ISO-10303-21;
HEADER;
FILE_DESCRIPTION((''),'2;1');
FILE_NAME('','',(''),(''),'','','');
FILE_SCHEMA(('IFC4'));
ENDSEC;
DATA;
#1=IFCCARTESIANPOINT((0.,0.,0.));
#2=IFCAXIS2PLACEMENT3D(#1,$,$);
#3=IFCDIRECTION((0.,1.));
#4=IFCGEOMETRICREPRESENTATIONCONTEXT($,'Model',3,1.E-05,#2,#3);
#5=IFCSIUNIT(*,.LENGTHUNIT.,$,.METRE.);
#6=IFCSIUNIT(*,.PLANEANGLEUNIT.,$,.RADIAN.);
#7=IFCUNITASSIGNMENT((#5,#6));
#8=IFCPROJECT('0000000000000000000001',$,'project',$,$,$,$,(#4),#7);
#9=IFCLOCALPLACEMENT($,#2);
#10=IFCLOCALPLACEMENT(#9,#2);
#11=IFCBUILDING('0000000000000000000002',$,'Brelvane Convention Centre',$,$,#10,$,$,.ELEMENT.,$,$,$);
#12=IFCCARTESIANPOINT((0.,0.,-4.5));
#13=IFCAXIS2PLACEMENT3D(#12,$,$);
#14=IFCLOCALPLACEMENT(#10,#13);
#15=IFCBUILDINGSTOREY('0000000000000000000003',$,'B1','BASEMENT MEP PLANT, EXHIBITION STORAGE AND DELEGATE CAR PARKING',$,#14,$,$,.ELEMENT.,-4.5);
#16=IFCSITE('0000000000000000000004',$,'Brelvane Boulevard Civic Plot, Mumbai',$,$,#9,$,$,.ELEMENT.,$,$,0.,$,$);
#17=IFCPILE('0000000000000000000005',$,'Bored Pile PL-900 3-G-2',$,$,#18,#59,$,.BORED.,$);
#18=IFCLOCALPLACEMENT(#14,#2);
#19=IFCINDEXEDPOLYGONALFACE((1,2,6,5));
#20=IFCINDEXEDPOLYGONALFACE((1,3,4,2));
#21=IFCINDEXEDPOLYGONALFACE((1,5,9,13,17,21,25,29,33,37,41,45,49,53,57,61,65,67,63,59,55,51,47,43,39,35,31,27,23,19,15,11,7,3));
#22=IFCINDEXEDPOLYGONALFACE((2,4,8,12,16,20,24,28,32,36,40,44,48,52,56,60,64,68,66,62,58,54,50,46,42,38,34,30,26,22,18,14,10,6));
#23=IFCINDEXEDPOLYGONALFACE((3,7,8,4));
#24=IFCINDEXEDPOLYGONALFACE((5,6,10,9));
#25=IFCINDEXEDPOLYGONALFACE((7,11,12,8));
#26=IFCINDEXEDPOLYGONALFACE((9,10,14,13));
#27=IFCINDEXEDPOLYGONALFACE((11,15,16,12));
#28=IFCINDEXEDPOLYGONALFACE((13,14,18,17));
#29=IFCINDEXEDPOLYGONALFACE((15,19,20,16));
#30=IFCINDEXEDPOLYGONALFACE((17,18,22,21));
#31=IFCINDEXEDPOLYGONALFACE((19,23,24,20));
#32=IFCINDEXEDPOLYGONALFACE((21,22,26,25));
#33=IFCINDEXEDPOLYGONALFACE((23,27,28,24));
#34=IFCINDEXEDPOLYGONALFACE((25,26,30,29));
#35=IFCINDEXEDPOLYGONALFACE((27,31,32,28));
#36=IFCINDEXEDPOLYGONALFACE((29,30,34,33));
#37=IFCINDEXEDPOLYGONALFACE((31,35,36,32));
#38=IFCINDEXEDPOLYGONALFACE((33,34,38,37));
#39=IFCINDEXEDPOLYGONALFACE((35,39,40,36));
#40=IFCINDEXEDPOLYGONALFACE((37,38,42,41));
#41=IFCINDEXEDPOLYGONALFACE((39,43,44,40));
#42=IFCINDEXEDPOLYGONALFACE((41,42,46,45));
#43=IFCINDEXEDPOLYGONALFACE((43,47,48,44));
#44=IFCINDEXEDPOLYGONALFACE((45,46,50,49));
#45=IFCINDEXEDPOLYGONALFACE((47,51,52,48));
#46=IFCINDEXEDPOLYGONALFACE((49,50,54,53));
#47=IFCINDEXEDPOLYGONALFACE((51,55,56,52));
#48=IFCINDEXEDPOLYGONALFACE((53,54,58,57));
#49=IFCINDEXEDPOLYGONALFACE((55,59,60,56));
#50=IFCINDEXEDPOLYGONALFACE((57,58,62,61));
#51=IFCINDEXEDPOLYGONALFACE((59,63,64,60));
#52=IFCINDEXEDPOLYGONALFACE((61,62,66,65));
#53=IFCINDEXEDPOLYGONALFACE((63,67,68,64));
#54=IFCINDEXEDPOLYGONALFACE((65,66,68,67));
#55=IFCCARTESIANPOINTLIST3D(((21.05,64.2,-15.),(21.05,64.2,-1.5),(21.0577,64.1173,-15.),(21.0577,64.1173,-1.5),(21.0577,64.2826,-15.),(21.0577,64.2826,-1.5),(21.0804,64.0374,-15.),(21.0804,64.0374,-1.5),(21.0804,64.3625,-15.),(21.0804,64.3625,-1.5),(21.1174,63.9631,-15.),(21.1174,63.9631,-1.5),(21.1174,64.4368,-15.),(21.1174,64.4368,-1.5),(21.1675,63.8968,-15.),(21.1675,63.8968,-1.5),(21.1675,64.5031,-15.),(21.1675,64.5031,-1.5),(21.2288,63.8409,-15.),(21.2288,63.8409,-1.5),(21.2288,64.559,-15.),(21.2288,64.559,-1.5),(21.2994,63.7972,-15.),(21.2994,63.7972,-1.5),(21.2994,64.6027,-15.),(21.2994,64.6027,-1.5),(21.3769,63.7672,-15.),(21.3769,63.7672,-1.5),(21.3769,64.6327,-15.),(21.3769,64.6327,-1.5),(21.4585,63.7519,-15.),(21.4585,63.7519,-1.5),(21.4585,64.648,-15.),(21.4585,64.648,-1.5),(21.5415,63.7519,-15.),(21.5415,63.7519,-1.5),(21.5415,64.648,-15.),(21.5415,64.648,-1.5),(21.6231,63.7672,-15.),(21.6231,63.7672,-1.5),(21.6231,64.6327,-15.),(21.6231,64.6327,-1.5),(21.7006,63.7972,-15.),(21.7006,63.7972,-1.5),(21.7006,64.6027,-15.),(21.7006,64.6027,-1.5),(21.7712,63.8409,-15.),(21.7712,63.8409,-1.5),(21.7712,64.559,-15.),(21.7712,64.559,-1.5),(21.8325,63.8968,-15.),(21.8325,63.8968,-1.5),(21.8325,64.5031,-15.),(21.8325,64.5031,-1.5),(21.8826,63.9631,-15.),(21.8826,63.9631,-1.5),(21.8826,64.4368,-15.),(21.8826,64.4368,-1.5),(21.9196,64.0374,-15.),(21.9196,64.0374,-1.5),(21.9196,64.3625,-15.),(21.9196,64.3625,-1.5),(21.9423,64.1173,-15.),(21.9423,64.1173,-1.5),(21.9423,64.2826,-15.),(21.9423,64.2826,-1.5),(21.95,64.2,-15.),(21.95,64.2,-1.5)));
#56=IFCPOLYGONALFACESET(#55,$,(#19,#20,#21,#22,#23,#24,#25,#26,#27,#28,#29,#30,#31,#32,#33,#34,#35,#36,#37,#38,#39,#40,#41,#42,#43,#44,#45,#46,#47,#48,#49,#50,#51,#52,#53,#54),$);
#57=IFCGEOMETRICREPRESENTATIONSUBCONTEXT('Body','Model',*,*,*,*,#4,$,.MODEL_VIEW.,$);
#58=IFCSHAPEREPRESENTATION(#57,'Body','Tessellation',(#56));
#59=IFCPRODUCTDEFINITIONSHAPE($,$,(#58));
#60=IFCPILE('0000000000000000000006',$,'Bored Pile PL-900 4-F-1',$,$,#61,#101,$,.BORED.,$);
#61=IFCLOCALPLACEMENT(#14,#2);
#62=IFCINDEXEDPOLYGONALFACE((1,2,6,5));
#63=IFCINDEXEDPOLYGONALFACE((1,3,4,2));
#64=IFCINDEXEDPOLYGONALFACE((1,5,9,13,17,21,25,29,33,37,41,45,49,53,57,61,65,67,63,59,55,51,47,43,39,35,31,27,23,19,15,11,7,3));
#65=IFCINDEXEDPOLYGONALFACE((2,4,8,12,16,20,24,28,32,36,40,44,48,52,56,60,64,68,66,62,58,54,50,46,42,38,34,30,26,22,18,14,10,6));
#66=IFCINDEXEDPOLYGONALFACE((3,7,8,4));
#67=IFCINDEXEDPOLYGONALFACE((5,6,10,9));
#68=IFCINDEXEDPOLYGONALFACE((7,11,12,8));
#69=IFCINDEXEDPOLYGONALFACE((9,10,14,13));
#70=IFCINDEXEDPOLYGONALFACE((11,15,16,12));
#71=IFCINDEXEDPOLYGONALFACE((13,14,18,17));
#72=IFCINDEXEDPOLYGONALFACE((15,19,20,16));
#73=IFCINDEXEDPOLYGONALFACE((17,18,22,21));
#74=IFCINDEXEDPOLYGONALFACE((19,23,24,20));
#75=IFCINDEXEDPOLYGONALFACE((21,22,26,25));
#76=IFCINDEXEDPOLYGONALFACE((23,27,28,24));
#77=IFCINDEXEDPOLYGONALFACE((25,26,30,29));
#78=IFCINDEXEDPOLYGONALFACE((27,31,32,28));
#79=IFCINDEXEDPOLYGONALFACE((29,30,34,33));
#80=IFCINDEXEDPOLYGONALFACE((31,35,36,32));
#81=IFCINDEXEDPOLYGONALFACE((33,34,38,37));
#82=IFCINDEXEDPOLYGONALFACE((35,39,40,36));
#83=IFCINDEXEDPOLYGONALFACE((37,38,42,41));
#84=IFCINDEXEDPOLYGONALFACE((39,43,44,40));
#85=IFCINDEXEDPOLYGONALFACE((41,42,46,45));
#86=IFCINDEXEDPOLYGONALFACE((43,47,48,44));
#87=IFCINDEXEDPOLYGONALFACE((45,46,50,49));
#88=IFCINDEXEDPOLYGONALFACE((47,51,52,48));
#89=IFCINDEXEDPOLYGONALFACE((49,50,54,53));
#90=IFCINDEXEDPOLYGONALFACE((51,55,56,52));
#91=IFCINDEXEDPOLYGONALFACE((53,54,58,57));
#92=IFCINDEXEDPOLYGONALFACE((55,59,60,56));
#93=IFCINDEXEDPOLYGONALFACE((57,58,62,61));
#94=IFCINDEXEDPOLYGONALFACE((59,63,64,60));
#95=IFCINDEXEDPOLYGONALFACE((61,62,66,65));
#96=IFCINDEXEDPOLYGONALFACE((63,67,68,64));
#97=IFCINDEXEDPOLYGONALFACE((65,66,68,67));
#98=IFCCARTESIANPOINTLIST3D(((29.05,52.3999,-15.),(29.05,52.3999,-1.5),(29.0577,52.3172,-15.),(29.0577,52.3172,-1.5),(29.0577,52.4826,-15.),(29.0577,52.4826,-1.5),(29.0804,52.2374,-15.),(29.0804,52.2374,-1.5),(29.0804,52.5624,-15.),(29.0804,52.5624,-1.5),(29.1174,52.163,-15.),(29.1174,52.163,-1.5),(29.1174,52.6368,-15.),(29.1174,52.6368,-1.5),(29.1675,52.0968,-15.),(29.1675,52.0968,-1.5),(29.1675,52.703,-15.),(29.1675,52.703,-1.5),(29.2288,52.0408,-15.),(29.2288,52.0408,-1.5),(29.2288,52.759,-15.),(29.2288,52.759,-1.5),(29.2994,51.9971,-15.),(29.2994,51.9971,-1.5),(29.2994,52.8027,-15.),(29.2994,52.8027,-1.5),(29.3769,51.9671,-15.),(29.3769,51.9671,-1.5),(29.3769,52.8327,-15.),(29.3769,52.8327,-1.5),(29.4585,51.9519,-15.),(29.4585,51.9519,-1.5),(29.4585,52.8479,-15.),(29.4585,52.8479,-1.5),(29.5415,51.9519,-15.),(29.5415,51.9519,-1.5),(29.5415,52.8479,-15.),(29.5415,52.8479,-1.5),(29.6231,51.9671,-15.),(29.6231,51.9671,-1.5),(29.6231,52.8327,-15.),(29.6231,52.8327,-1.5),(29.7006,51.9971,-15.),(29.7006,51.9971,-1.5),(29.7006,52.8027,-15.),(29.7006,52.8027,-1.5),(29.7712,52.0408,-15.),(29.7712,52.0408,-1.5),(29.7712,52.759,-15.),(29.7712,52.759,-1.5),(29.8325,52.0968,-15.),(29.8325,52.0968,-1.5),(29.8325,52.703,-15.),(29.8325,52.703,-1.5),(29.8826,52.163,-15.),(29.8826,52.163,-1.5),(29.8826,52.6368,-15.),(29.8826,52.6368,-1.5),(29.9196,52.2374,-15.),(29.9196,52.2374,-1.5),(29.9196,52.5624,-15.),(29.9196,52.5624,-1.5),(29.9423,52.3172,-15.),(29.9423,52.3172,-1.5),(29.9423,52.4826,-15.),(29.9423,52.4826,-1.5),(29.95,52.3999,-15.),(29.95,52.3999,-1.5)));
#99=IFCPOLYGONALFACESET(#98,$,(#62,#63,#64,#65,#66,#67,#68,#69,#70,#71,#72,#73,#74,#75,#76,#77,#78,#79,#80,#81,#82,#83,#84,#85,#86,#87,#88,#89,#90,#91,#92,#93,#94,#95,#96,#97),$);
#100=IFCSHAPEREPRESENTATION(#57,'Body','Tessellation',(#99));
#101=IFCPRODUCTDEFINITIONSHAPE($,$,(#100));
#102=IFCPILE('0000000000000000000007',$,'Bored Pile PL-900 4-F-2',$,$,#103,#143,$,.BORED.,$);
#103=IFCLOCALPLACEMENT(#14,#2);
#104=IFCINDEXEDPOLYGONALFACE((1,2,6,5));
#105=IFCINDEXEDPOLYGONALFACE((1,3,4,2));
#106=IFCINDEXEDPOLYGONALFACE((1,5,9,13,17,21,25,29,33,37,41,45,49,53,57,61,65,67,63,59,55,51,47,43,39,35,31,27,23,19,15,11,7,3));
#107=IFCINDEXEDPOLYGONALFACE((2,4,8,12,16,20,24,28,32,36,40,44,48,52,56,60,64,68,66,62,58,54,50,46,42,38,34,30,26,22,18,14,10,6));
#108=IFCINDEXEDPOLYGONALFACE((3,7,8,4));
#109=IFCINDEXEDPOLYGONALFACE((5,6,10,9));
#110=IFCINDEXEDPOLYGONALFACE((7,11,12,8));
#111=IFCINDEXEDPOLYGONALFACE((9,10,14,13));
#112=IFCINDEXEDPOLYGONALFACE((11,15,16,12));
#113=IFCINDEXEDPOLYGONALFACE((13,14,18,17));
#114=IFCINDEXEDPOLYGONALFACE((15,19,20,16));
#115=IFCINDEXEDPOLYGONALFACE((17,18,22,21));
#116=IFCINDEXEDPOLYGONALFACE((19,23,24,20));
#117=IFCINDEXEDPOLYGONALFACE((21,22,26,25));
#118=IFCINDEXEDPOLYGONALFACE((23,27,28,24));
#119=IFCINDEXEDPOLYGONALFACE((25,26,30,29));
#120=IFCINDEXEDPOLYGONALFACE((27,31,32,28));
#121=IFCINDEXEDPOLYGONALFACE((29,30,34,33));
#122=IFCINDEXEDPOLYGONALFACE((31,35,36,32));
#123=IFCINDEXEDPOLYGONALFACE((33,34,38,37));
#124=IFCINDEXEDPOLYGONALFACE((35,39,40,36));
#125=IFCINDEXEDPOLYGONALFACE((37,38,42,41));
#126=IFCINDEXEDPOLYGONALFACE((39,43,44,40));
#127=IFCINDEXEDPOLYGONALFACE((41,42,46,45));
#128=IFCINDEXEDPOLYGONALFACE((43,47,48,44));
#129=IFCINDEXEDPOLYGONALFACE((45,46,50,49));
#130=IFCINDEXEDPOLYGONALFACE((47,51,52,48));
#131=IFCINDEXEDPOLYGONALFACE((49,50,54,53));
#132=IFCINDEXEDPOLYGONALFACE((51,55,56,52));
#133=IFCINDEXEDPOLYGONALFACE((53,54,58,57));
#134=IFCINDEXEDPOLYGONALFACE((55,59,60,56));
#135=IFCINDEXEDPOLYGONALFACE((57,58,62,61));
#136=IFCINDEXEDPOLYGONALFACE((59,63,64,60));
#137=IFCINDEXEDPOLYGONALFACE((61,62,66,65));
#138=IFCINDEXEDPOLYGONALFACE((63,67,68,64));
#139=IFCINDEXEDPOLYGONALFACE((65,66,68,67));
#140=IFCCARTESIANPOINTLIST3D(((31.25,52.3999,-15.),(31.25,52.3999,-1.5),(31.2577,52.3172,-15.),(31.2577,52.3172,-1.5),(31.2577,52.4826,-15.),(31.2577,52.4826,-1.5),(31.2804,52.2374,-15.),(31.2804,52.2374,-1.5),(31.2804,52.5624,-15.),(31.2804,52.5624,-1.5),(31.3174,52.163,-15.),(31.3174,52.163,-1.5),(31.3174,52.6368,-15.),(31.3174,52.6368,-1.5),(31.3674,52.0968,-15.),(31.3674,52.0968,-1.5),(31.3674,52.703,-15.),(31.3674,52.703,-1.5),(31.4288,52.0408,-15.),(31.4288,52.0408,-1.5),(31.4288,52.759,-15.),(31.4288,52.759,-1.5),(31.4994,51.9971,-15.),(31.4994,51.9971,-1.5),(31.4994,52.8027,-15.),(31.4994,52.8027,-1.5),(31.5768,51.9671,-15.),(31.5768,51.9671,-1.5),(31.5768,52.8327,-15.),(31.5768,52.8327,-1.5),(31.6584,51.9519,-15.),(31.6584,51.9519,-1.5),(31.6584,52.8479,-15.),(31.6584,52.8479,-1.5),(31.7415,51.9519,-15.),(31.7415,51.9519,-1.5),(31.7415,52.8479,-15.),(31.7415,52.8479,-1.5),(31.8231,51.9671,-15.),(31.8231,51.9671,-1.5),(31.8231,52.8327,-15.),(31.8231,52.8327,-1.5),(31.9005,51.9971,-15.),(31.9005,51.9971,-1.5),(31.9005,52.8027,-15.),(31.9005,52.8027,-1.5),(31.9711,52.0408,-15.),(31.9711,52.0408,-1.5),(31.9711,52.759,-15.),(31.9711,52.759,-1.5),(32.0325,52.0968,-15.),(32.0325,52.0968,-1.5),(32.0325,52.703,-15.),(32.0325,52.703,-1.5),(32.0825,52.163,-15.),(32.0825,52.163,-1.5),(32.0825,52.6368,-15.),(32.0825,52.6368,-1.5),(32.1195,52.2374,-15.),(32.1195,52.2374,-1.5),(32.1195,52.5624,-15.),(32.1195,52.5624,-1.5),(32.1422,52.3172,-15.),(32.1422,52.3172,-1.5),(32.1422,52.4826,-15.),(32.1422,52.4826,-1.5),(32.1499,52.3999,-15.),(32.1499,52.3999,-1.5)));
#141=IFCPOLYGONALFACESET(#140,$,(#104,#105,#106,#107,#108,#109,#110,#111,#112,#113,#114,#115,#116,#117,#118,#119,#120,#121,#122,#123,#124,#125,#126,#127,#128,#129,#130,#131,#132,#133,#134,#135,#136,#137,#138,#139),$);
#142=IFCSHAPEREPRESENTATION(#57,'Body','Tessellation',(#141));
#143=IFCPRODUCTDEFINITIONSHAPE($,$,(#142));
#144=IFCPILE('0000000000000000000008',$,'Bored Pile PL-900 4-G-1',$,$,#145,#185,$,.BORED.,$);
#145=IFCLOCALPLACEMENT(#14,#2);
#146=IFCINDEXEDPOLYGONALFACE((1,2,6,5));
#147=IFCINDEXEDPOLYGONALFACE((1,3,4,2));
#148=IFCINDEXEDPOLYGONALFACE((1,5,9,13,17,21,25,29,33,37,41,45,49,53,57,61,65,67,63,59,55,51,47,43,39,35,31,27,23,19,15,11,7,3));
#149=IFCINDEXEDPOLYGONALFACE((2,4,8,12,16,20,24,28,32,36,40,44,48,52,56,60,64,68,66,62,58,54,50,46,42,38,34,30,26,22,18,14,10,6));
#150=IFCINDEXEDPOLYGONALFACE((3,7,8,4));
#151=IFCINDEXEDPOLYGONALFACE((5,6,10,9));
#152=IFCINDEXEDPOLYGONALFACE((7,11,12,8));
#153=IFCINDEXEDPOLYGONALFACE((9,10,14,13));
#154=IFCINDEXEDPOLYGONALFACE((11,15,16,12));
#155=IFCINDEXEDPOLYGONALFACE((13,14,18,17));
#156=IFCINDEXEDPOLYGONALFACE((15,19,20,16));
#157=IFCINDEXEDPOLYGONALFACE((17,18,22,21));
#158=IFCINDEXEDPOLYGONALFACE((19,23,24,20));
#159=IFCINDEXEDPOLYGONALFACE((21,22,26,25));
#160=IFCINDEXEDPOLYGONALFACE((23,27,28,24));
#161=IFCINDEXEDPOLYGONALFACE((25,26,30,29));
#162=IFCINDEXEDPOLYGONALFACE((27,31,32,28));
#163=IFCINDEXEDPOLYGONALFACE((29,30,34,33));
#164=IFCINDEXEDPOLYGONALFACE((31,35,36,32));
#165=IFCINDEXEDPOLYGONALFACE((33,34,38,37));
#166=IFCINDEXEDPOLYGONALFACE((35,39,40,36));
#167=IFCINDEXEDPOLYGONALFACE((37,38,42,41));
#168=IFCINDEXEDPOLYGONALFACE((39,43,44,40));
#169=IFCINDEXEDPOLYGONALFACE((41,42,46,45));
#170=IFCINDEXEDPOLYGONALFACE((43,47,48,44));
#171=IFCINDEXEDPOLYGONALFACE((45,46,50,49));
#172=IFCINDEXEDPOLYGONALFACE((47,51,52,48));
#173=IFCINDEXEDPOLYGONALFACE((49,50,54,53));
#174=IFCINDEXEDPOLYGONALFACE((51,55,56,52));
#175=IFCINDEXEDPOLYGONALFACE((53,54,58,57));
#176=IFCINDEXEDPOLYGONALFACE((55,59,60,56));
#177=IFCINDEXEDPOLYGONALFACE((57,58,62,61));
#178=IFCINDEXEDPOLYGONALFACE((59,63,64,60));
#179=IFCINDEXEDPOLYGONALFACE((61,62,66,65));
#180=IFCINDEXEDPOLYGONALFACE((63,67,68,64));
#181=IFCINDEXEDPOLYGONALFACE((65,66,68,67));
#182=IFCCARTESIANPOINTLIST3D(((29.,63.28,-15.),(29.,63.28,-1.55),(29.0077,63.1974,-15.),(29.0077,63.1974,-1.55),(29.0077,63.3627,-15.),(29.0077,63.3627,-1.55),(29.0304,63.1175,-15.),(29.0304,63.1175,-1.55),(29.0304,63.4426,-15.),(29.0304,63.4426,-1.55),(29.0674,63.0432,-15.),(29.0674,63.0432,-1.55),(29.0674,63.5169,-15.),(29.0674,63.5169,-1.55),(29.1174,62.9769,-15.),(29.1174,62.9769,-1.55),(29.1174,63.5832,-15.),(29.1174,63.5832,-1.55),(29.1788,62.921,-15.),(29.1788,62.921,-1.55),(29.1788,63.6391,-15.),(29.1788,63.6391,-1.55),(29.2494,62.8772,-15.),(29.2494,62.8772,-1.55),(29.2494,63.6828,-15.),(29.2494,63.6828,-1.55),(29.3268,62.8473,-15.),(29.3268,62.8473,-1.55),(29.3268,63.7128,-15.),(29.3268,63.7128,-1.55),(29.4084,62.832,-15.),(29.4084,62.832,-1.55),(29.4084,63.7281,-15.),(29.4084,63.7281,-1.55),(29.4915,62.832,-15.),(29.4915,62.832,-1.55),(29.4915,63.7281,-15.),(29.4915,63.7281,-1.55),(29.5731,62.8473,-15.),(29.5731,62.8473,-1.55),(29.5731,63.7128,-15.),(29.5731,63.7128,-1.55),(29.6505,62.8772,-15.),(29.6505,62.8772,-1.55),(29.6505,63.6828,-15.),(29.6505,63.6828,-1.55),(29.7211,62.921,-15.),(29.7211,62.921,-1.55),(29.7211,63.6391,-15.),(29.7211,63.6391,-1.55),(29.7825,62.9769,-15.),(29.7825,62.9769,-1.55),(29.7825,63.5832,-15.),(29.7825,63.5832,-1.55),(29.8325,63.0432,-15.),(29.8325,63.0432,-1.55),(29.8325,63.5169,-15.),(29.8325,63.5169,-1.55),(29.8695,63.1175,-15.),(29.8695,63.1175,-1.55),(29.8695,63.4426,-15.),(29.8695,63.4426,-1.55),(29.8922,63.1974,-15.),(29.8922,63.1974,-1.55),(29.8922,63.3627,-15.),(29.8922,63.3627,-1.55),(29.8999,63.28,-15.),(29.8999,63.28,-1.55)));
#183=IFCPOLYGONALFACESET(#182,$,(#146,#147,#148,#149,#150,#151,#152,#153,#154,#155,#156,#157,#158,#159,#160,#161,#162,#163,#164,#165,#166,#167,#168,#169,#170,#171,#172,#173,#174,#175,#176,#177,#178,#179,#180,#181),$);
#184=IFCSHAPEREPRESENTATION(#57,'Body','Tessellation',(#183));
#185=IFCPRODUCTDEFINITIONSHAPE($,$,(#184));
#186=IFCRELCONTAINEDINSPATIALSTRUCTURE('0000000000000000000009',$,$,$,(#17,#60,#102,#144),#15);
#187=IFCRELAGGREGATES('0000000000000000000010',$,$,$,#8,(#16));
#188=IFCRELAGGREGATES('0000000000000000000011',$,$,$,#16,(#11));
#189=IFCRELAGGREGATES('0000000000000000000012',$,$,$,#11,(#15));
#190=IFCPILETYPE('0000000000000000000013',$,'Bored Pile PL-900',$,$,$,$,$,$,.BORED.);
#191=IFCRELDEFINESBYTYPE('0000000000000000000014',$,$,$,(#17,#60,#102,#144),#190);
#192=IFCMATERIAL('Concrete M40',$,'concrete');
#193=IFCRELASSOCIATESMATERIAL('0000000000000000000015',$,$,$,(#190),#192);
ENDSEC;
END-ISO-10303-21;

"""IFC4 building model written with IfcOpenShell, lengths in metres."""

from ifc_helpers import new_model, si_unit, direction, frame, origin, origin_2d, place, context, subcontext, project, spatial, circle, extrude, material, material_profile, profile_set, type_object, element, save


model = new_model("IFC4")

# Units and contexts
model_context = context("Model", 3, precision=1e-05, world=origin(), true_north=direction((0.0, 1.0)))
body_context = subcontext(model_context, "Body", "Model", "MODEL_VIEW")
ifc_project = project(units=[si_unit("LENGTHUNIT", "METRE"), si_unit("PLANEANGLEUNIT", "RADIAN")], contexts=[model_context])

# Site, building, storey
site_placement = place(None, origin())
site = spatial("IfcSite", under=ifc_project, at=site_placement, Name="Brelvane Boulevard Civic Plot, Mumbai", CompositionType="ELEMENT", RefElevation=0.0)
building_placement = place(site_placement, origin())
building = spatial("IfcBuilding", under=site, at=building_placement, Name="Brelvane Convention Centre", CompositionType="ELEMENT")
storey_placement = place(building_placement, frame((0.0, 0.0, -4.5)))
storey = spatial("IfcBuildingStorey", under=building, at=storey_placement, Name="B1", Description="BASEMENT MEP PLANT, EXHIBITION STORAGE AND DELEGATE CAR PARKING", CompositionType="ELEMENT", Elevation=-4.5)

# Piles
ifc_material_1 = material(Name="Concrete M40", Category="concrete")
ifc_material_profile_1 = material_profile(ifc_material_1, circle(Radius=0.45, at=origin_2d()), Name="PILE D900")
ifc_profile_set_1 = profile_set([ifc_material_profile_1], Name="Concrete M40")
pile_type = type_object("IfcPileType", Name="Bored Pile PL-900", PredefinedType="BORED", material=ifc_profile_set_1)
for number, where, z_axis, x_axis, name in (
    (1, (21.5, 64.2, -1.5), (0.0, 0.0, -1.0), (1.0, 0.0, 0.0), "Bored Pile PL-900 3-G-2"),
    (2, (29.5, 52.3999, -1.5), (0.0, 0.0, -1.0), (1.0, 0.0, 0.0), "Bored Pile PL-900 4-F-1"),
    (3, (31.7, 52.3999, -1.5), (0.0, 0.0, -1.0), (1.0, 0.0, 0.0), "Bored Pile PL-900 4-F-2"),
):
    element("IfcPile", number, at=place(storey_placement, frame(where, z_axis=z_axis, x_axis=x_axis)), inside=storey, type_object=pile_type, Name=name, PredefinedType="BORED", context=body_context, shape_type="SweptSolid", body=[
        extrude(circle(Radius=0.45, at=origin_2d()), origin(), (0.0, 0.0, 1.0), 13.5),
    ])
for number, where, z_axis, x_axis, name in (
    (4, (29.45, 63.28, -1.55), (0.0, 0.0, -1.0), (1.0, 0.0, 0.0), "Bored Pile PL-900 4-G-1"),
):
    element("IfcPile", number, at=place(storey_placement, frame(where, z_axis=z_axis, x_axis=x_axis)), inside=storey, type_object=pile_type, Name=name, PredefinedType="BORED", context=body_context, shape_type="SweptSolid", body=[
        extrude(circle(Radius=0.45, at=origin_2d()), origin(), (0.0, 0.0, 1.0), 13.45),
    ])

save(model, "model.ifc")
